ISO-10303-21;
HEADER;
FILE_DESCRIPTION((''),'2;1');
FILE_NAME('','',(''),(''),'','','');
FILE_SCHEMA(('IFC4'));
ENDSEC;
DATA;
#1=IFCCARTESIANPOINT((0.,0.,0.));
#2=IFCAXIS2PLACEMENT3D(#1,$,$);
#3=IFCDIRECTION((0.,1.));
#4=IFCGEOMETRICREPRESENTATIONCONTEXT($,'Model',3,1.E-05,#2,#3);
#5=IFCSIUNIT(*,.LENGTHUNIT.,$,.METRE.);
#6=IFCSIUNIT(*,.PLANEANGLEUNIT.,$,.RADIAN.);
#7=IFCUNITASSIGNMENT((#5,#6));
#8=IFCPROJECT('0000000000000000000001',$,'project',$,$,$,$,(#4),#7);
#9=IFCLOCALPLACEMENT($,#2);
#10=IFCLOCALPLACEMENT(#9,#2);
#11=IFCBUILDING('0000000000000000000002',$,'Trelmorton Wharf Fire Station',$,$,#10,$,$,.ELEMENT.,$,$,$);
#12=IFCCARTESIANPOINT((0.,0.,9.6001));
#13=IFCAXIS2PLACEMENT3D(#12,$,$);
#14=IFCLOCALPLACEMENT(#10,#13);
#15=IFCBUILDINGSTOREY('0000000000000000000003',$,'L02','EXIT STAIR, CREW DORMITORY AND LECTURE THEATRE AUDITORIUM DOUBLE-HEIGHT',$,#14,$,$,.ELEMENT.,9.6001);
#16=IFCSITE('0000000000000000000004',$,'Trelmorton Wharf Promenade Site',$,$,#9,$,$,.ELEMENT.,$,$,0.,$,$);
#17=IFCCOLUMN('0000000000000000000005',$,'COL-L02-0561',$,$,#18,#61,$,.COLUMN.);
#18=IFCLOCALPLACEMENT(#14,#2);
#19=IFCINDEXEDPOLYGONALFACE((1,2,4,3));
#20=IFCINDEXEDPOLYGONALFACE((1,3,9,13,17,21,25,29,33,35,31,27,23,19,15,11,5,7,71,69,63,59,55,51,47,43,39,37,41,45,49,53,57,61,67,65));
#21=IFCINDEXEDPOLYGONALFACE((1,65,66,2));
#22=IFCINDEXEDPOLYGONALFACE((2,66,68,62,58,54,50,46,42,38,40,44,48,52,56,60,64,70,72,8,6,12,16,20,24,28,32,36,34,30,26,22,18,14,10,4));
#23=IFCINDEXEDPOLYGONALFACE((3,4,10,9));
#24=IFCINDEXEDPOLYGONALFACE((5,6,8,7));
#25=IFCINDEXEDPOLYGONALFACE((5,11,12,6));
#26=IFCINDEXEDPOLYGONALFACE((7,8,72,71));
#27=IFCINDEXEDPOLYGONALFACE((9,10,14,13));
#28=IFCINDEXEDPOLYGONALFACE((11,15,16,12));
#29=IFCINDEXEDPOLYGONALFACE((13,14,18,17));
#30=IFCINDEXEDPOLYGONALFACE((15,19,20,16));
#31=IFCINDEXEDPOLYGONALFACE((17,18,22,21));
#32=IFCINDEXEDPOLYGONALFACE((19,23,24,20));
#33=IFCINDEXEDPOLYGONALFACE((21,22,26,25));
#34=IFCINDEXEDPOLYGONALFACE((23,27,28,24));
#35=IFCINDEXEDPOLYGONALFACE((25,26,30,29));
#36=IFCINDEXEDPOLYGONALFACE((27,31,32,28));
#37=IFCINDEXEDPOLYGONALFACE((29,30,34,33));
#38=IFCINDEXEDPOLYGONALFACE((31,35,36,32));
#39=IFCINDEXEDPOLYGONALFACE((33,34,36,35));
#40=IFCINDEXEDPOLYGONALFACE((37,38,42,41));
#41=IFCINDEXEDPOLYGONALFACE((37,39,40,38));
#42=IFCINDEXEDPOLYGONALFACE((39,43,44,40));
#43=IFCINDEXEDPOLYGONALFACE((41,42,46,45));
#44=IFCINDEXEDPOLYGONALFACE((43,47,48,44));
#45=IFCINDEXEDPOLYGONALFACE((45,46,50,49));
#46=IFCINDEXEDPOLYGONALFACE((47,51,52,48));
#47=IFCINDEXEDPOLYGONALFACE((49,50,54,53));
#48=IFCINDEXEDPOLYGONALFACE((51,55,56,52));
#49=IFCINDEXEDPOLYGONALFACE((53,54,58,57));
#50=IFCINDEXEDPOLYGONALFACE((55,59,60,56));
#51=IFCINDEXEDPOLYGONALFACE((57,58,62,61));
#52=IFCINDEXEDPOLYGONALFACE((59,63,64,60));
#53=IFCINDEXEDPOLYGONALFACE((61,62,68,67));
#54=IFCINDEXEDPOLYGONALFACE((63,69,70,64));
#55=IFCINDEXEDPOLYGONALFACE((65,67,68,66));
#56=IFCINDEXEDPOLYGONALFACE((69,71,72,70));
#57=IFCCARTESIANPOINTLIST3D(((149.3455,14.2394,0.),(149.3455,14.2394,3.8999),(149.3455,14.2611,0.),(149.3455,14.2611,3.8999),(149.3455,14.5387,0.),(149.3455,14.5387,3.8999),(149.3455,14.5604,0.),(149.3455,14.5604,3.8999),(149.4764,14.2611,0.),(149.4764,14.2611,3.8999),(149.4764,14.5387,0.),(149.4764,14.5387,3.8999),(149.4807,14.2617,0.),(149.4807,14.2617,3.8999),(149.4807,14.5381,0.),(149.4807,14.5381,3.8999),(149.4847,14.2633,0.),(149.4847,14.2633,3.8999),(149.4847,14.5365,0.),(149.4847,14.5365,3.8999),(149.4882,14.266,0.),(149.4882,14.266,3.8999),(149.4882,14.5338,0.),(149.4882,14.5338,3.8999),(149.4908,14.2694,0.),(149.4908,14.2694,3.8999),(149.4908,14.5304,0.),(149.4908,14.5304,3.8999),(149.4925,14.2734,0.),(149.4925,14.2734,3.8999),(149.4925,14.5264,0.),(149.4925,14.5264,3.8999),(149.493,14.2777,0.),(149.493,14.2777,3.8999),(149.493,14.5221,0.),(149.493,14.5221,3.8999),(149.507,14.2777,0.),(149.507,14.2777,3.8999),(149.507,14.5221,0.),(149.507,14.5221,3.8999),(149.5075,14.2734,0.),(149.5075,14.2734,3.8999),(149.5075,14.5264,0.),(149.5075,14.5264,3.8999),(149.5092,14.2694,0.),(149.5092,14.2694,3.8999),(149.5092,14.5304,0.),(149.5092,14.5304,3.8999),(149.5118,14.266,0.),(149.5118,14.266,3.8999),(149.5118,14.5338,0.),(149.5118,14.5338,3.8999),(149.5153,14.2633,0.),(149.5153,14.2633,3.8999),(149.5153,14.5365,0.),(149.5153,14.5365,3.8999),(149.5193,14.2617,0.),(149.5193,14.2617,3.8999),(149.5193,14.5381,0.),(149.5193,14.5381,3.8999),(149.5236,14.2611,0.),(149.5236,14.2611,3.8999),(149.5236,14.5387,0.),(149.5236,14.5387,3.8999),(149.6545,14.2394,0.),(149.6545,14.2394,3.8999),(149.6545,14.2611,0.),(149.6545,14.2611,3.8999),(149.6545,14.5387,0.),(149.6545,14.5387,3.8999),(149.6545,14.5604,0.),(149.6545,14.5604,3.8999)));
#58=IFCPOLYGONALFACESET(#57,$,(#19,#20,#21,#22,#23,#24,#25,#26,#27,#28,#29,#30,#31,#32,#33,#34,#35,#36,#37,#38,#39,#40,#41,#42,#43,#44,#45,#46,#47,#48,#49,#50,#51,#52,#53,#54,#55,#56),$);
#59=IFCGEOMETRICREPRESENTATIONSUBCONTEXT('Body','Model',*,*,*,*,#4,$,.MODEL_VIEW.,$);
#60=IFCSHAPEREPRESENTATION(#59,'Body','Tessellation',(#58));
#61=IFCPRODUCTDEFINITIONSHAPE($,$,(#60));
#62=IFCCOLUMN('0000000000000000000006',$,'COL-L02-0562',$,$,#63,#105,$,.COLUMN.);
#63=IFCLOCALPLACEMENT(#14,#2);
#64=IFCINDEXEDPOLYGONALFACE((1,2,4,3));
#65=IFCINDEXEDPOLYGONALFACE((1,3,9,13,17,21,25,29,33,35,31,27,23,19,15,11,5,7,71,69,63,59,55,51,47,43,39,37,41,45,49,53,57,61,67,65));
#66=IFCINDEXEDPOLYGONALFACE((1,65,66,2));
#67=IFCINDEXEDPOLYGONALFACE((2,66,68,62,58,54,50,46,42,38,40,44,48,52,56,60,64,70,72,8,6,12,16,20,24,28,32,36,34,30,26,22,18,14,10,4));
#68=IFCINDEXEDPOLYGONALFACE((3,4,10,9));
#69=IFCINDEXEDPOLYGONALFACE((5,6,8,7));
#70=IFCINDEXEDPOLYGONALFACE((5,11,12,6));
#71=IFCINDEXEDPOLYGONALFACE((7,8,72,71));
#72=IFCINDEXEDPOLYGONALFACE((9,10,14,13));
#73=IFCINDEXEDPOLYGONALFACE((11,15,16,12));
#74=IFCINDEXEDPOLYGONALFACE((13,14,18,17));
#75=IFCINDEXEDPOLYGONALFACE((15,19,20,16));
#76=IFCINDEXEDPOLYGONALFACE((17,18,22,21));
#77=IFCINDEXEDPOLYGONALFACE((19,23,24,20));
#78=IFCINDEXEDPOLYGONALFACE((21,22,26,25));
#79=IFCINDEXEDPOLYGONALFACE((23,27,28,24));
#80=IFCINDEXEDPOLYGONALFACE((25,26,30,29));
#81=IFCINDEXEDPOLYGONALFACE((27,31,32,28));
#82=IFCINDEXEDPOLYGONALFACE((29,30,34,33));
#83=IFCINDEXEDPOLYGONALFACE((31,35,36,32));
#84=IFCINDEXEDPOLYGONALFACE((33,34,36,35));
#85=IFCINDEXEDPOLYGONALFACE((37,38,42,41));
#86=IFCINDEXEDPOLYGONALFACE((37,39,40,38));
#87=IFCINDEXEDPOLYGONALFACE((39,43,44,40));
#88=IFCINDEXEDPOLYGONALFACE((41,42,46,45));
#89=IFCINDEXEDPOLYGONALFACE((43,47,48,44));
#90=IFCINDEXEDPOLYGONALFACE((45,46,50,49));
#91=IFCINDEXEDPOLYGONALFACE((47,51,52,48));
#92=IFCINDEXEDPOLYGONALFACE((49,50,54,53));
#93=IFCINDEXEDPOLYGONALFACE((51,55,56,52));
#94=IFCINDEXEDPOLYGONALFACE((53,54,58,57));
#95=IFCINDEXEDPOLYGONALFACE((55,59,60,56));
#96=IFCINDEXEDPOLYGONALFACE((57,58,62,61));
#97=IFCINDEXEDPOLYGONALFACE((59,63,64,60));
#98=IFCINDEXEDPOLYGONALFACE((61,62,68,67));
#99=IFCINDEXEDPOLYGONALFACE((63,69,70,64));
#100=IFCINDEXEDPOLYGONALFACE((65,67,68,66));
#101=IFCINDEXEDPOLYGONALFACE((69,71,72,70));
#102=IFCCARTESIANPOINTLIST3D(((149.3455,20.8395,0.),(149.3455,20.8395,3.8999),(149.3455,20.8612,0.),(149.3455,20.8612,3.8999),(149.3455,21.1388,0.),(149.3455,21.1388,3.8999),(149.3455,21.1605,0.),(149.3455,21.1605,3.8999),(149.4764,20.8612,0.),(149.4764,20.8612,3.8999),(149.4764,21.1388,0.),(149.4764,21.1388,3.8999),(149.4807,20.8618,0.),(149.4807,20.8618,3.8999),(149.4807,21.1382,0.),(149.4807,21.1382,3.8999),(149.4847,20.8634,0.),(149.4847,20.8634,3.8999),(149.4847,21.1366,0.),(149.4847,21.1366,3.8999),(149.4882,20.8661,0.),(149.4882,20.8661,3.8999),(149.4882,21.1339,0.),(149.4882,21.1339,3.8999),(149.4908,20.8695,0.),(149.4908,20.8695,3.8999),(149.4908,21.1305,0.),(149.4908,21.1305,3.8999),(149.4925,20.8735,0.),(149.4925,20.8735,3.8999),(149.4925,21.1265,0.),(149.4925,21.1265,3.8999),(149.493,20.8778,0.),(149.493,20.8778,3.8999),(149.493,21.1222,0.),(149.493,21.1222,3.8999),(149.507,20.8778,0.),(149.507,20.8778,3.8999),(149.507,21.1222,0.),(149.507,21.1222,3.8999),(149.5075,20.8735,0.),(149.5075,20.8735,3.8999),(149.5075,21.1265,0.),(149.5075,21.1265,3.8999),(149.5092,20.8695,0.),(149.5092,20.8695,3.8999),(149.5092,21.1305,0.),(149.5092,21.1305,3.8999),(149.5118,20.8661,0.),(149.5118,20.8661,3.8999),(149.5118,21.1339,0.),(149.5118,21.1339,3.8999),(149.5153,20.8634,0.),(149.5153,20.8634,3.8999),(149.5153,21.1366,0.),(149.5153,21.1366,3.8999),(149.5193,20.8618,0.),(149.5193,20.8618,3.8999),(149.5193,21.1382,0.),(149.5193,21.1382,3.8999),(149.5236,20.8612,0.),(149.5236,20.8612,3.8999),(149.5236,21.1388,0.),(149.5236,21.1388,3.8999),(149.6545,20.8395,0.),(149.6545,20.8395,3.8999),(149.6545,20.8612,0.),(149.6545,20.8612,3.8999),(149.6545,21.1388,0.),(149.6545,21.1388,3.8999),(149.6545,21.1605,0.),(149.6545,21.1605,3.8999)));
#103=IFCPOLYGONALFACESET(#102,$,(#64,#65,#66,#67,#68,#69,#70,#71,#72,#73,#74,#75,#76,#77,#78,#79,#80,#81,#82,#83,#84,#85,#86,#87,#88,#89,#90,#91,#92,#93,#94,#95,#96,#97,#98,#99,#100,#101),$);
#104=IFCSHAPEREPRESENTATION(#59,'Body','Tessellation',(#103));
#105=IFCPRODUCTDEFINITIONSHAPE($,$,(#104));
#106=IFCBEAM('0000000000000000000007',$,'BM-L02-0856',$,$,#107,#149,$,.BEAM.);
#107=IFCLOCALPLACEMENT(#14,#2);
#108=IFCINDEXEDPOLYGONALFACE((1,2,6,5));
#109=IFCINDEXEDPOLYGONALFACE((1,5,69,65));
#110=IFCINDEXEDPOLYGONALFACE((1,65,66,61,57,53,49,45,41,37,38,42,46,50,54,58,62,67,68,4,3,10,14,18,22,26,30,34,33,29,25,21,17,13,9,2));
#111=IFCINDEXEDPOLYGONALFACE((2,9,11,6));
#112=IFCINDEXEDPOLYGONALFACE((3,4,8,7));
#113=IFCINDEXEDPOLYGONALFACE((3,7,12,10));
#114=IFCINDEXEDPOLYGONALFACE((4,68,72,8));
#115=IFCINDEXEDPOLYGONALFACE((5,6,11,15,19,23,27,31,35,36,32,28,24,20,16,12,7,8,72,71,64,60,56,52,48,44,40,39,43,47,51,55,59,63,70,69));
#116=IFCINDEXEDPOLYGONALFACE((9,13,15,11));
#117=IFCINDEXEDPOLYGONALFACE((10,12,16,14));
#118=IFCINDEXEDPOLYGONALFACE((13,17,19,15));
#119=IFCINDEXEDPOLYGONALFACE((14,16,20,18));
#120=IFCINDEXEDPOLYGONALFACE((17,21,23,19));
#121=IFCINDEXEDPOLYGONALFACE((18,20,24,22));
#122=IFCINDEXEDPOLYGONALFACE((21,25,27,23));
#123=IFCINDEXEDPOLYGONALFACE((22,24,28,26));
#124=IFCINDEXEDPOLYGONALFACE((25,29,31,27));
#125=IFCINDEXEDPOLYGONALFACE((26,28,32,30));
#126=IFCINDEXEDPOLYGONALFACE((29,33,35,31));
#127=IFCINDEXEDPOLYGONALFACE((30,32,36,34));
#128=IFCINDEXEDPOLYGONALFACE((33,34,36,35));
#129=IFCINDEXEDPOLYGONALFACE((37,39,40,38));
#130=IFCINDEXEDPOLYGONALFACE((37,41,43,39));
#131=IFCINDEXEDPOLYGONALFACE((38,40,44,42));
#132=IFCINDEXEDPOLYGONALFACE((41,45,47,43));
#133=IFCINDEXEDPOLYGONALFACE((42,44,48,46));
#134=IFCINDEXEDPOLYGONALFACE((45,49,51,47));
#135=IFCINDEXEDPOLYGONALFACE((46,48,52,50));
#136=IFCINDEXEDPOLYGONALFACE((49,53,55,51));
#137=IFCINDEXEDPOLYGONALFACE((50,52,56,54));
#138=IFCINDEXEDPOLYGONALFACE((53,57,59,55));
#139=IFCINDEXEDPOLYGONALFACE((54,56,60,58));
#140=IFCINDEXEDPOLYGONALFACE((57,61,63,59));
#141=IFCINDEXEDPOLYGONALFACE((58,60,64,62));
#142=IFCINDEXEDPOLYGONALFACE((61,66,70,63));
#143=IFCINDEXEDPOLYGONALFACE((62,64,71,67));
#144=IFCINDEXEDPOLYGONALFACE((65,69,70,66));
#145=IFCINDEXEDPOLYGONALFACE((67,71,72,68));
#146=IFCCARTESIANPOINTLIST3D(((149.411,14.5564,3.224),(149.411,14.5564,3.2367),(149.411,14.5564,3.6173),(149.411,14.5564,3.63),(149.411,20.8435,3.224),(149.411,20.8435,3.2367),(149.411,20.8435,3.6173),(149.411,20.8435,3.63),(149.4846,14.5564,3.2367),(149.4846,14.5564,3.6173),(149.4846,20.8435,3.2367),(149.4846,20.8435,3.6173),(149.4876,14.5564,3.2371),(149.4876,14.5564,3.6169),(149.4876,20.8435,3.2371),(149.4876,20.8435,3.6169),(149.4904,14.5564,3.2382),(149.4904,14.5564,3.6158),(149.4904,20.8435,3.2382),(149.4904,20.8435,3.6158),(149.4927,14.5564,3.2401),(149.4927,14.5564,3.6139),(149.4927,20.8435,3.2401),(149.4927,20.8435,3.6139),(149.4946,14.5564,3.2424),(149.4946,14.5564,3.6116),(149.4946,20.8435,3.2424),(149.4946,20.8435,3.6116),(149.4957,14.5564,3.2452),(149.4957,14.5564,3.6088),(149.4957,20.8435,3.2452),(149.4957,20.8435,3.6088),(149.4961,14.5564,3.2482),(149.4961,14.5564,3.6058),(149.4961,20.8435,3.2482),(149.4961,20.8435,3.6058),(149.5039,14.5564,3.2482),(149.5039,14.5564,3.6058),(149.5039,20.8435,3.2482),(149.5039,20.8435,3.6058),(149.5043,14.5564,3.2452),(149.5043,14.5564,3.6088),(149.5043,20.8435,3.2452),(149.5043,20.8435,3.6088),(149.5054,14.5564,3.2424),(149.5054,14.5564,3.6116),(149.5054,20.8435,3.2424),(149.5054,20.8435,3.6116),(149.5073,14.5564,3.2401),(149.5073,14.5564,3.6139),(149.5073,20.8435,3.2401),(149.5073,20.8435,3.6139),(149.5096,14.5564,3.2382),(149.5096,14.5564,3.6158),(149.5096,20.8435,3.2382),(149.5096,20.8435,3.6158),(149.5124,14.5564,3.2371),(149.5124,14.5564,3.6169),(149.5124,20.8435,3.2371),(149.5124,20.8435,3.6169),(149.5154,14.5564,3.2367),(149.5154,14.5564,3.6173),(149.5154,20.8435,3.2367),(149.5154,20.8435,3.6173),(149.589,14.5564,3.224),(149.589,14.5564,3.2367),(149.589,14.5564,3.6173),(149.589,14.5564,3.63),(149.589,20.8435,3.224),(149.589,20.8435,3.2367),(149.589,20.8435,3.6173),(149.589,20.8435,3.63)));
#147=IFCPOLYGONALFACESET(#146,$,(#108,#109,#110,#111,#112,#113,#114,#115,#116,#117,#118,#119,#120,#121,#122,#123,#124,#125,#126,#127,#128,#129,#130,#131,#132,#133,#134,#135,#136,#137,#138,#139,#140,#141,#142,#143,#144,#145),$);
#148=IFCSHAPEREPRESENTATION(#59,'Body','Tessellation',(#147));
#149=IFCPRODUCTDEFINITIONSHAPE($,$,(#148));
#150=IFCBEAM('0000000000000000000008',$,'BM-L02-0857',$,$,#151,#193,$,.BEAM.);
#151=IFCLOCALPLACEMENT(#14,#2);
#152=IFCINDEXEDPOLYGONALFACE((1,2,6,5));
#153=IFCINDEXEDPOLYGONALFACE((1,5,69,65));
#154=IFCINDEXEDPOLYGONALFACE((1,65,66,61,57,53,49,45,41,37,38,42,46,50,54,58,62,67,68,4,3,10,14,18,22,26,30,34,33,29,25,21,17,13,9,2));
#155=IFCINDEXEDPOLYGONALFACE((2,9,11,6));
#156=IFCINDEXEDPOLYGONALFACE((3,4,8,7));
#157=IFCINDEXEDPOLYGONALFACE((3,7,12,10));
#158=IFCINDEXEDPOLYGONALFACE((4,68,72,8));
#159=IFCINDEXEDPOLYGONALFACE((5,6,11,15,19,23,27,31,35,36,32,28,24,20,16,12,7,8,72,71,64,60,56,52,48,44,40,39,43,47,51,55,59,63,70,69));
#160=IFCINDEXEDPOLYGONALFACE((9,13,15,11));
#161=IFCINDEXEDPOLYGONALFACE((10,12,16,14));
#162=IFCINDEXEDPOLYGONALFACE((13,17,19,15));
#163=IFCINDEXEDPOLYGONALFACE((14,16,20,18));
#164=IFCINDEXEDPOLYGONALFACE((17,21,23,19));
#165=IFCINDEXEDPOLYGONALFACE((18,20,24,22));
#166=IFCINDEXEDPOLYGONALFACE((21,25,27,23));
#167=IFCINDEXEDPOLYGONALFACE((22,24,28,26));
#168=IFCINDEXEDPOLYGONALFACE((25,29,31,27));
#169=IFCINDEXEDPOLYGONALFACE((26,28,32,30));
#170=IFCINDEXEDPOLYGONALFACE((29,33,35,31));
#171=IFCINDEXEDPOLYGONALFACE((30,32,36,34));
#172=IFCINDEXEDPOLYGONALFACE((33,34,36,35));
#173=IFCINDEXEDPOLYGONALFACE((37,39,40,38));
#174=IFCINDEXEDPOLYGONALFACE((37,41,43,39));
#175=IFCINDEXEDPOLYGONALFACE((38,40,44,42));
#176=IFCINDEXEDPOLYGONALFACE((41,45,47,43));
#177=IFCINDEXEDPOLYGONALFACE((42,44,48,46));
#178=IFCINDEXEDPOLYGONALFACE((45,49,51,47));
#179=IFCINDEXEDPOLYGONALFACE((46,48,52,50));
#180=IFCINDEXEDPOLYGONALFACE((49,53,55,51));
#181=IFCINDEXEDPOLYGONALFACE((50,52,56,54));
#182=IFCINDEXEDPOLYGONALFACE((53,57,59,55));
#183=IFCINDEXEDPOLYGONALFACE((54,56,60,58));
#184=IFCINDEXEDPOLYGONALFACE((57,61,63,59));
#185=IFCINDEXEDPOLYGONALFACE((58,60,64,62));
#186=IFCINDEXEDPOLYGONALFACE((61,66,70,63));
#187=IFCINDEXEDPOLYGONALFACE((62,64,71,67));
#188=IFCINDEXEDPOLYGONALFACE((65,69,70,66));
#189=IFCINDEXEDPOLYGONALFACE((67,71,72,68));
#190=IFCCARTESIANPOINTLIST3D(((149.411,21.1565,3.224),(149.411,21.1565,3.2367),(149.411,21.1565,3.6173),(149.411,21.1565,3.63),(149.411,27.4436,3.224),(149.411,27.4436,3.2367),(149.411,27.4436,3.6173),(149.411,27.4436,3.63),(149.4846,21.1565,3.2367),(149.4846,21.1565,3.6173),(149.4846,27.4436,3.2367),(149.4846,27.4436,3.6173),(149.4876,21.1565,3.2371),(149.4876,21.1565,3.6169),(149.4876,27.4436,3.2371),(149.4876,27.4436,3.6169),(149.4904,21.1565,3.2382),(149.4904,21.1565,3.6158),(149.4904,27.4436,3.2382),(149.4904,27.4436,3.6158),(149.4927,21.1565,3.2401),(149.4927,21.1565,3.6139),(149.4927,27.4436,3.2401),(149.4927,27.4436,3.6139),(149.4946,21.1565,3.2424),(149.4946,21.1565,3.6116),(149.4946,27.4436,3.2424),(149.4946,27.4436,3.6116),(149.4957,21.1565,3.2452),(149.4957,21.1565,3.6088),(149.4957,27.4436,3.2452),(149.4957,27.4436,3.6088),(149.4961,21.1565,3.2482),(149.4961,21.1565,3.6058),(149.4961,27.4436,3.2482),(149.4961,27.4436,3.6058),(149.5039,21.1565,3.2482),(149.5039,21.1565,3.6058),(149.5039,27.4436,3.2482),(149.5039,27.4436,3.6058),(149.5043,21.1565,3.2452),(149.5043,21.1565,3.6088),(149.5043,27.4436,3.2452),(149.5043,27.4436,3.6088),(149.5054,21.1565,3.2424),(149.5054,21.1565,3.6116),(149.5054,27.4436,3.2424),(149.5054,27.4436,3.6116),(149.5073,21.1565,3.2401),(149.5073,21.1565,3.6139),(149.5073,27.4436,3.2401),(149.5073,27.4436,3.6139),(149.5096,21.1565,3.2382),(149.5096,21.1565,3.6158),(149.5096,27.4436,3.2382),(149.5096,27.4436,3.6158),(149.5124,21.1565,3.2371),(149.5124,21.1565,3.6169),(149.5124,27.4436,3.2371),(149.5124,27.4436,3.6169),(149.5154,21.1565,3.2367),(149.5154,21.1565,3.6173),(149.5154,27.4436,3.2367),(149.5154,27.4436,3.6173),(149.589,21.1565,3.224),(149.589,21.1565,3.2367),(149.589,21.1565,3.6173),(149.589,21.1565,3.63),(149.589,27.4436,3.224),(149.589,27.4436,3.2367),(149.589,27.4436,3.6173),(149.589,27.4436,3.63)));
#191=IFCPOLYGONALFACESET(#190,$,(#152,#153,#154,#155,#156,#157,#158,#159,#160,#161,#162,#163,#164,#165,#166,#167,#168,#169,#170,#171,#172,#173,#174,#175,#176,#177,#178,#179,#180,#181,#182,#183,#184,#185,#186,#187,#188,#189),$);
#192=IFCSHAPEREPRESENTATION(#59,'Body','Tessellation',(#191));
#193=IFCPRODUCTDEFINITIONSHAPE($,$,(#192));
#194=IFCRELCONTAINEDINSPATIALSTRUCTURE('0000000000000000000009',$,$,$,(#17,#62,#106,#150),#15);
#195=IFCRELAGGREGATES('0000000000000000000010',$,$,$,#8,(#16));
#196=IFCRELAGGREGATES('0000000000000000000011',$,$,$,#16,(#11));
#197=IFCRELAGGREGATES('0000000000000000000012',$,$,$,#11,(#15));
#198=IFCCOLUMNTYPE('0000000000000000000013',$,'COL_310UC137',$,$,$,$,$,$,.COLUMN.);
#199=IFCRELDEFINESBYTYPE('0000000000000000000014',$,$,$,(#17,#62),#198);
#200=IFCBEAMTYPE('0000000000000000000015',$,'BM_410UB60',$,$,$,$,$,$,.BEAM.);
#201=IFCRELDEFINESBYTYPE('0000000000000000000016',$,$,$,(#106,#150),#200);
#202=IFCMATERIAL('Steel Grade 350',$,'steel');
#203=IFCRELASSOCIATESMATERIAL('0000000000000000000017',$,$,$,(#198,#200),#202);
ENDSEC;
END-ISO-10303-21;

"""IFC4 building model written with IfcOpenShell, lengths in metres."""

from ifc_helpers import new_model, si_unit, direction, frame, origin, origin_2d, place, context, subcontext, project, spatial, i_section, extrude, material, material_profile, profile_set, type_object, element, save


model = new_model("IFC4")

# Units and contexts
model_context = context("Model", 3, precision=1e-05, world=origin(), true_north=direction((0.0, 1.0)))
body_context = subcontext(model_context, "Body", "Model", "MODEL_VIEW")
ifc_project = project(units=[si_unit("LENGTHUNIT", "METRE"), si_unit("PLANEANGLEUNIT", "RADIAN")], contexts=[model_context])

# Site, building, storey
site_placement = place(None, origin())
site = spatial("IfcSite", under=ifc_project, at=site_placement, Name="Trelmorton Wharf Promenade Site", CompositionType="ELEMENT", RefElevation=0.0)
building_placement = place(site_placement, origin())
building = spatial("IfcBuilding", under=site, at=building_placement, Name="Trelmorton Wharf Fire Station", CompositionType="ELEMENT")
storey_placement = place(building_placement, frame((0.0, 0.0, 9.6001)))
storey = spatial("IfcBuildingStorey", under=building, at=storey_placement, Name="L02", Description="EXIT STAIR, CREW DORMITORY AND LECTURE THEATRE AUDITORIUM DOUBLE-HEIGHT", CompositionType="ELEMENT", Elevation=9.6001)

# Columns
ifc_material_1 = material(Name="Steel Grade 350", Category="steel")
ifc_material_profile_1 = material_profile(ifc_material_1, i_section(OverallWidth=0.3091, OverallDepth=0.321, WebThickness=0.0139, FlangeThickness=0.0217, FilletRadius=0.0166, at=origin_2d()), Name="310UC137")
ifc_profile_set_1 = profile_set([ifc_material_profile_1], Name="Steel Grade 350")
column_type = type_object("IfcColumnType", Name="COL_310UC137", PredefinedType="COLUMN", material=ifc_profile_set_1)
for number, where, z_axis, x_axis, name in (
    (1, (149.5, 14.3999, 0.0), (0.0, 0.0, 1.0), (1.0, 0.0, 0.0), "COL-L02-0561"),
    (2, (149.5, 21.0, 0.0), (0.0, 0.0, 1.0), (1.0, 0.0, 0.0), "COL-L02-0562"),
):
    element("IfcColumn", number, at=place(storey_placement, frame(where, z_axis=z_axis, x_axis=x_axis)), inside=storey, type_object=column_type, Name=name, PredefinedType="COLUMN", context=body_context, shape_type="SweptSolid", body=[
        extrude(i_section(OverallWidth=0.3091, OverallDepth=0.321, WebThickness=0.0139, FlangeThickness=0.0217, FilletRadius=0.0166, at=origin_2d()), origin(), (0.0, 0.0, 1.0), 3.8999),
    ])

# Beams
ifc_material_profile_2 = material_profile(ifc_material_1, i_section(OverallWidth=0.178, OverallDepth=0.406, WebThickness=0.0078, FlangeThickness=0.0127, FilletRadius=0.0115, at=origin_2d()), Name="410UB59.7")
ifc_profile_set_2 = profile_set([ifc_material_profile_2], Name="Steel Grade 350")
beam_type_1 = type_object("IfcBeamType", Name="BM_410UB60", PredefinedType="BEAM", material=ifc_profile_set_2)
for number, where, z_axis, x_axis, name in (
    (3, (149.5, 14.5564, 3.427), (0.0, 1.0, 0.0), (-1.0, 0.0, 0.0), "BM-L02-0856"),
    (4, (149.5, 21.1565, 3.427), (0.0, 1.0, 0.0), (-1.0, 0.0, 0.0), "BM-L02-0857"),
):
    element("IfcBeam", number, at=place(storey_placement, frame(where, z_axis=z_axis, x_axis=x_axis)), inside=storey, type_object=beam_type_1, Name=name, PredefinedType="BEAM", context=body_context, shape_type="SweptSolid", body=[
        extrude(i_section(OverallWidth=0.178, OverallDepth=0.406, WebThickness=0.0078, FlangeThickness=0.0127, FilletRadius=0.0115, at=origin_2d()), origin(), (0.0, 0.0, 1.0), 6.2871),
    ])

save(model, "model.ifc")
